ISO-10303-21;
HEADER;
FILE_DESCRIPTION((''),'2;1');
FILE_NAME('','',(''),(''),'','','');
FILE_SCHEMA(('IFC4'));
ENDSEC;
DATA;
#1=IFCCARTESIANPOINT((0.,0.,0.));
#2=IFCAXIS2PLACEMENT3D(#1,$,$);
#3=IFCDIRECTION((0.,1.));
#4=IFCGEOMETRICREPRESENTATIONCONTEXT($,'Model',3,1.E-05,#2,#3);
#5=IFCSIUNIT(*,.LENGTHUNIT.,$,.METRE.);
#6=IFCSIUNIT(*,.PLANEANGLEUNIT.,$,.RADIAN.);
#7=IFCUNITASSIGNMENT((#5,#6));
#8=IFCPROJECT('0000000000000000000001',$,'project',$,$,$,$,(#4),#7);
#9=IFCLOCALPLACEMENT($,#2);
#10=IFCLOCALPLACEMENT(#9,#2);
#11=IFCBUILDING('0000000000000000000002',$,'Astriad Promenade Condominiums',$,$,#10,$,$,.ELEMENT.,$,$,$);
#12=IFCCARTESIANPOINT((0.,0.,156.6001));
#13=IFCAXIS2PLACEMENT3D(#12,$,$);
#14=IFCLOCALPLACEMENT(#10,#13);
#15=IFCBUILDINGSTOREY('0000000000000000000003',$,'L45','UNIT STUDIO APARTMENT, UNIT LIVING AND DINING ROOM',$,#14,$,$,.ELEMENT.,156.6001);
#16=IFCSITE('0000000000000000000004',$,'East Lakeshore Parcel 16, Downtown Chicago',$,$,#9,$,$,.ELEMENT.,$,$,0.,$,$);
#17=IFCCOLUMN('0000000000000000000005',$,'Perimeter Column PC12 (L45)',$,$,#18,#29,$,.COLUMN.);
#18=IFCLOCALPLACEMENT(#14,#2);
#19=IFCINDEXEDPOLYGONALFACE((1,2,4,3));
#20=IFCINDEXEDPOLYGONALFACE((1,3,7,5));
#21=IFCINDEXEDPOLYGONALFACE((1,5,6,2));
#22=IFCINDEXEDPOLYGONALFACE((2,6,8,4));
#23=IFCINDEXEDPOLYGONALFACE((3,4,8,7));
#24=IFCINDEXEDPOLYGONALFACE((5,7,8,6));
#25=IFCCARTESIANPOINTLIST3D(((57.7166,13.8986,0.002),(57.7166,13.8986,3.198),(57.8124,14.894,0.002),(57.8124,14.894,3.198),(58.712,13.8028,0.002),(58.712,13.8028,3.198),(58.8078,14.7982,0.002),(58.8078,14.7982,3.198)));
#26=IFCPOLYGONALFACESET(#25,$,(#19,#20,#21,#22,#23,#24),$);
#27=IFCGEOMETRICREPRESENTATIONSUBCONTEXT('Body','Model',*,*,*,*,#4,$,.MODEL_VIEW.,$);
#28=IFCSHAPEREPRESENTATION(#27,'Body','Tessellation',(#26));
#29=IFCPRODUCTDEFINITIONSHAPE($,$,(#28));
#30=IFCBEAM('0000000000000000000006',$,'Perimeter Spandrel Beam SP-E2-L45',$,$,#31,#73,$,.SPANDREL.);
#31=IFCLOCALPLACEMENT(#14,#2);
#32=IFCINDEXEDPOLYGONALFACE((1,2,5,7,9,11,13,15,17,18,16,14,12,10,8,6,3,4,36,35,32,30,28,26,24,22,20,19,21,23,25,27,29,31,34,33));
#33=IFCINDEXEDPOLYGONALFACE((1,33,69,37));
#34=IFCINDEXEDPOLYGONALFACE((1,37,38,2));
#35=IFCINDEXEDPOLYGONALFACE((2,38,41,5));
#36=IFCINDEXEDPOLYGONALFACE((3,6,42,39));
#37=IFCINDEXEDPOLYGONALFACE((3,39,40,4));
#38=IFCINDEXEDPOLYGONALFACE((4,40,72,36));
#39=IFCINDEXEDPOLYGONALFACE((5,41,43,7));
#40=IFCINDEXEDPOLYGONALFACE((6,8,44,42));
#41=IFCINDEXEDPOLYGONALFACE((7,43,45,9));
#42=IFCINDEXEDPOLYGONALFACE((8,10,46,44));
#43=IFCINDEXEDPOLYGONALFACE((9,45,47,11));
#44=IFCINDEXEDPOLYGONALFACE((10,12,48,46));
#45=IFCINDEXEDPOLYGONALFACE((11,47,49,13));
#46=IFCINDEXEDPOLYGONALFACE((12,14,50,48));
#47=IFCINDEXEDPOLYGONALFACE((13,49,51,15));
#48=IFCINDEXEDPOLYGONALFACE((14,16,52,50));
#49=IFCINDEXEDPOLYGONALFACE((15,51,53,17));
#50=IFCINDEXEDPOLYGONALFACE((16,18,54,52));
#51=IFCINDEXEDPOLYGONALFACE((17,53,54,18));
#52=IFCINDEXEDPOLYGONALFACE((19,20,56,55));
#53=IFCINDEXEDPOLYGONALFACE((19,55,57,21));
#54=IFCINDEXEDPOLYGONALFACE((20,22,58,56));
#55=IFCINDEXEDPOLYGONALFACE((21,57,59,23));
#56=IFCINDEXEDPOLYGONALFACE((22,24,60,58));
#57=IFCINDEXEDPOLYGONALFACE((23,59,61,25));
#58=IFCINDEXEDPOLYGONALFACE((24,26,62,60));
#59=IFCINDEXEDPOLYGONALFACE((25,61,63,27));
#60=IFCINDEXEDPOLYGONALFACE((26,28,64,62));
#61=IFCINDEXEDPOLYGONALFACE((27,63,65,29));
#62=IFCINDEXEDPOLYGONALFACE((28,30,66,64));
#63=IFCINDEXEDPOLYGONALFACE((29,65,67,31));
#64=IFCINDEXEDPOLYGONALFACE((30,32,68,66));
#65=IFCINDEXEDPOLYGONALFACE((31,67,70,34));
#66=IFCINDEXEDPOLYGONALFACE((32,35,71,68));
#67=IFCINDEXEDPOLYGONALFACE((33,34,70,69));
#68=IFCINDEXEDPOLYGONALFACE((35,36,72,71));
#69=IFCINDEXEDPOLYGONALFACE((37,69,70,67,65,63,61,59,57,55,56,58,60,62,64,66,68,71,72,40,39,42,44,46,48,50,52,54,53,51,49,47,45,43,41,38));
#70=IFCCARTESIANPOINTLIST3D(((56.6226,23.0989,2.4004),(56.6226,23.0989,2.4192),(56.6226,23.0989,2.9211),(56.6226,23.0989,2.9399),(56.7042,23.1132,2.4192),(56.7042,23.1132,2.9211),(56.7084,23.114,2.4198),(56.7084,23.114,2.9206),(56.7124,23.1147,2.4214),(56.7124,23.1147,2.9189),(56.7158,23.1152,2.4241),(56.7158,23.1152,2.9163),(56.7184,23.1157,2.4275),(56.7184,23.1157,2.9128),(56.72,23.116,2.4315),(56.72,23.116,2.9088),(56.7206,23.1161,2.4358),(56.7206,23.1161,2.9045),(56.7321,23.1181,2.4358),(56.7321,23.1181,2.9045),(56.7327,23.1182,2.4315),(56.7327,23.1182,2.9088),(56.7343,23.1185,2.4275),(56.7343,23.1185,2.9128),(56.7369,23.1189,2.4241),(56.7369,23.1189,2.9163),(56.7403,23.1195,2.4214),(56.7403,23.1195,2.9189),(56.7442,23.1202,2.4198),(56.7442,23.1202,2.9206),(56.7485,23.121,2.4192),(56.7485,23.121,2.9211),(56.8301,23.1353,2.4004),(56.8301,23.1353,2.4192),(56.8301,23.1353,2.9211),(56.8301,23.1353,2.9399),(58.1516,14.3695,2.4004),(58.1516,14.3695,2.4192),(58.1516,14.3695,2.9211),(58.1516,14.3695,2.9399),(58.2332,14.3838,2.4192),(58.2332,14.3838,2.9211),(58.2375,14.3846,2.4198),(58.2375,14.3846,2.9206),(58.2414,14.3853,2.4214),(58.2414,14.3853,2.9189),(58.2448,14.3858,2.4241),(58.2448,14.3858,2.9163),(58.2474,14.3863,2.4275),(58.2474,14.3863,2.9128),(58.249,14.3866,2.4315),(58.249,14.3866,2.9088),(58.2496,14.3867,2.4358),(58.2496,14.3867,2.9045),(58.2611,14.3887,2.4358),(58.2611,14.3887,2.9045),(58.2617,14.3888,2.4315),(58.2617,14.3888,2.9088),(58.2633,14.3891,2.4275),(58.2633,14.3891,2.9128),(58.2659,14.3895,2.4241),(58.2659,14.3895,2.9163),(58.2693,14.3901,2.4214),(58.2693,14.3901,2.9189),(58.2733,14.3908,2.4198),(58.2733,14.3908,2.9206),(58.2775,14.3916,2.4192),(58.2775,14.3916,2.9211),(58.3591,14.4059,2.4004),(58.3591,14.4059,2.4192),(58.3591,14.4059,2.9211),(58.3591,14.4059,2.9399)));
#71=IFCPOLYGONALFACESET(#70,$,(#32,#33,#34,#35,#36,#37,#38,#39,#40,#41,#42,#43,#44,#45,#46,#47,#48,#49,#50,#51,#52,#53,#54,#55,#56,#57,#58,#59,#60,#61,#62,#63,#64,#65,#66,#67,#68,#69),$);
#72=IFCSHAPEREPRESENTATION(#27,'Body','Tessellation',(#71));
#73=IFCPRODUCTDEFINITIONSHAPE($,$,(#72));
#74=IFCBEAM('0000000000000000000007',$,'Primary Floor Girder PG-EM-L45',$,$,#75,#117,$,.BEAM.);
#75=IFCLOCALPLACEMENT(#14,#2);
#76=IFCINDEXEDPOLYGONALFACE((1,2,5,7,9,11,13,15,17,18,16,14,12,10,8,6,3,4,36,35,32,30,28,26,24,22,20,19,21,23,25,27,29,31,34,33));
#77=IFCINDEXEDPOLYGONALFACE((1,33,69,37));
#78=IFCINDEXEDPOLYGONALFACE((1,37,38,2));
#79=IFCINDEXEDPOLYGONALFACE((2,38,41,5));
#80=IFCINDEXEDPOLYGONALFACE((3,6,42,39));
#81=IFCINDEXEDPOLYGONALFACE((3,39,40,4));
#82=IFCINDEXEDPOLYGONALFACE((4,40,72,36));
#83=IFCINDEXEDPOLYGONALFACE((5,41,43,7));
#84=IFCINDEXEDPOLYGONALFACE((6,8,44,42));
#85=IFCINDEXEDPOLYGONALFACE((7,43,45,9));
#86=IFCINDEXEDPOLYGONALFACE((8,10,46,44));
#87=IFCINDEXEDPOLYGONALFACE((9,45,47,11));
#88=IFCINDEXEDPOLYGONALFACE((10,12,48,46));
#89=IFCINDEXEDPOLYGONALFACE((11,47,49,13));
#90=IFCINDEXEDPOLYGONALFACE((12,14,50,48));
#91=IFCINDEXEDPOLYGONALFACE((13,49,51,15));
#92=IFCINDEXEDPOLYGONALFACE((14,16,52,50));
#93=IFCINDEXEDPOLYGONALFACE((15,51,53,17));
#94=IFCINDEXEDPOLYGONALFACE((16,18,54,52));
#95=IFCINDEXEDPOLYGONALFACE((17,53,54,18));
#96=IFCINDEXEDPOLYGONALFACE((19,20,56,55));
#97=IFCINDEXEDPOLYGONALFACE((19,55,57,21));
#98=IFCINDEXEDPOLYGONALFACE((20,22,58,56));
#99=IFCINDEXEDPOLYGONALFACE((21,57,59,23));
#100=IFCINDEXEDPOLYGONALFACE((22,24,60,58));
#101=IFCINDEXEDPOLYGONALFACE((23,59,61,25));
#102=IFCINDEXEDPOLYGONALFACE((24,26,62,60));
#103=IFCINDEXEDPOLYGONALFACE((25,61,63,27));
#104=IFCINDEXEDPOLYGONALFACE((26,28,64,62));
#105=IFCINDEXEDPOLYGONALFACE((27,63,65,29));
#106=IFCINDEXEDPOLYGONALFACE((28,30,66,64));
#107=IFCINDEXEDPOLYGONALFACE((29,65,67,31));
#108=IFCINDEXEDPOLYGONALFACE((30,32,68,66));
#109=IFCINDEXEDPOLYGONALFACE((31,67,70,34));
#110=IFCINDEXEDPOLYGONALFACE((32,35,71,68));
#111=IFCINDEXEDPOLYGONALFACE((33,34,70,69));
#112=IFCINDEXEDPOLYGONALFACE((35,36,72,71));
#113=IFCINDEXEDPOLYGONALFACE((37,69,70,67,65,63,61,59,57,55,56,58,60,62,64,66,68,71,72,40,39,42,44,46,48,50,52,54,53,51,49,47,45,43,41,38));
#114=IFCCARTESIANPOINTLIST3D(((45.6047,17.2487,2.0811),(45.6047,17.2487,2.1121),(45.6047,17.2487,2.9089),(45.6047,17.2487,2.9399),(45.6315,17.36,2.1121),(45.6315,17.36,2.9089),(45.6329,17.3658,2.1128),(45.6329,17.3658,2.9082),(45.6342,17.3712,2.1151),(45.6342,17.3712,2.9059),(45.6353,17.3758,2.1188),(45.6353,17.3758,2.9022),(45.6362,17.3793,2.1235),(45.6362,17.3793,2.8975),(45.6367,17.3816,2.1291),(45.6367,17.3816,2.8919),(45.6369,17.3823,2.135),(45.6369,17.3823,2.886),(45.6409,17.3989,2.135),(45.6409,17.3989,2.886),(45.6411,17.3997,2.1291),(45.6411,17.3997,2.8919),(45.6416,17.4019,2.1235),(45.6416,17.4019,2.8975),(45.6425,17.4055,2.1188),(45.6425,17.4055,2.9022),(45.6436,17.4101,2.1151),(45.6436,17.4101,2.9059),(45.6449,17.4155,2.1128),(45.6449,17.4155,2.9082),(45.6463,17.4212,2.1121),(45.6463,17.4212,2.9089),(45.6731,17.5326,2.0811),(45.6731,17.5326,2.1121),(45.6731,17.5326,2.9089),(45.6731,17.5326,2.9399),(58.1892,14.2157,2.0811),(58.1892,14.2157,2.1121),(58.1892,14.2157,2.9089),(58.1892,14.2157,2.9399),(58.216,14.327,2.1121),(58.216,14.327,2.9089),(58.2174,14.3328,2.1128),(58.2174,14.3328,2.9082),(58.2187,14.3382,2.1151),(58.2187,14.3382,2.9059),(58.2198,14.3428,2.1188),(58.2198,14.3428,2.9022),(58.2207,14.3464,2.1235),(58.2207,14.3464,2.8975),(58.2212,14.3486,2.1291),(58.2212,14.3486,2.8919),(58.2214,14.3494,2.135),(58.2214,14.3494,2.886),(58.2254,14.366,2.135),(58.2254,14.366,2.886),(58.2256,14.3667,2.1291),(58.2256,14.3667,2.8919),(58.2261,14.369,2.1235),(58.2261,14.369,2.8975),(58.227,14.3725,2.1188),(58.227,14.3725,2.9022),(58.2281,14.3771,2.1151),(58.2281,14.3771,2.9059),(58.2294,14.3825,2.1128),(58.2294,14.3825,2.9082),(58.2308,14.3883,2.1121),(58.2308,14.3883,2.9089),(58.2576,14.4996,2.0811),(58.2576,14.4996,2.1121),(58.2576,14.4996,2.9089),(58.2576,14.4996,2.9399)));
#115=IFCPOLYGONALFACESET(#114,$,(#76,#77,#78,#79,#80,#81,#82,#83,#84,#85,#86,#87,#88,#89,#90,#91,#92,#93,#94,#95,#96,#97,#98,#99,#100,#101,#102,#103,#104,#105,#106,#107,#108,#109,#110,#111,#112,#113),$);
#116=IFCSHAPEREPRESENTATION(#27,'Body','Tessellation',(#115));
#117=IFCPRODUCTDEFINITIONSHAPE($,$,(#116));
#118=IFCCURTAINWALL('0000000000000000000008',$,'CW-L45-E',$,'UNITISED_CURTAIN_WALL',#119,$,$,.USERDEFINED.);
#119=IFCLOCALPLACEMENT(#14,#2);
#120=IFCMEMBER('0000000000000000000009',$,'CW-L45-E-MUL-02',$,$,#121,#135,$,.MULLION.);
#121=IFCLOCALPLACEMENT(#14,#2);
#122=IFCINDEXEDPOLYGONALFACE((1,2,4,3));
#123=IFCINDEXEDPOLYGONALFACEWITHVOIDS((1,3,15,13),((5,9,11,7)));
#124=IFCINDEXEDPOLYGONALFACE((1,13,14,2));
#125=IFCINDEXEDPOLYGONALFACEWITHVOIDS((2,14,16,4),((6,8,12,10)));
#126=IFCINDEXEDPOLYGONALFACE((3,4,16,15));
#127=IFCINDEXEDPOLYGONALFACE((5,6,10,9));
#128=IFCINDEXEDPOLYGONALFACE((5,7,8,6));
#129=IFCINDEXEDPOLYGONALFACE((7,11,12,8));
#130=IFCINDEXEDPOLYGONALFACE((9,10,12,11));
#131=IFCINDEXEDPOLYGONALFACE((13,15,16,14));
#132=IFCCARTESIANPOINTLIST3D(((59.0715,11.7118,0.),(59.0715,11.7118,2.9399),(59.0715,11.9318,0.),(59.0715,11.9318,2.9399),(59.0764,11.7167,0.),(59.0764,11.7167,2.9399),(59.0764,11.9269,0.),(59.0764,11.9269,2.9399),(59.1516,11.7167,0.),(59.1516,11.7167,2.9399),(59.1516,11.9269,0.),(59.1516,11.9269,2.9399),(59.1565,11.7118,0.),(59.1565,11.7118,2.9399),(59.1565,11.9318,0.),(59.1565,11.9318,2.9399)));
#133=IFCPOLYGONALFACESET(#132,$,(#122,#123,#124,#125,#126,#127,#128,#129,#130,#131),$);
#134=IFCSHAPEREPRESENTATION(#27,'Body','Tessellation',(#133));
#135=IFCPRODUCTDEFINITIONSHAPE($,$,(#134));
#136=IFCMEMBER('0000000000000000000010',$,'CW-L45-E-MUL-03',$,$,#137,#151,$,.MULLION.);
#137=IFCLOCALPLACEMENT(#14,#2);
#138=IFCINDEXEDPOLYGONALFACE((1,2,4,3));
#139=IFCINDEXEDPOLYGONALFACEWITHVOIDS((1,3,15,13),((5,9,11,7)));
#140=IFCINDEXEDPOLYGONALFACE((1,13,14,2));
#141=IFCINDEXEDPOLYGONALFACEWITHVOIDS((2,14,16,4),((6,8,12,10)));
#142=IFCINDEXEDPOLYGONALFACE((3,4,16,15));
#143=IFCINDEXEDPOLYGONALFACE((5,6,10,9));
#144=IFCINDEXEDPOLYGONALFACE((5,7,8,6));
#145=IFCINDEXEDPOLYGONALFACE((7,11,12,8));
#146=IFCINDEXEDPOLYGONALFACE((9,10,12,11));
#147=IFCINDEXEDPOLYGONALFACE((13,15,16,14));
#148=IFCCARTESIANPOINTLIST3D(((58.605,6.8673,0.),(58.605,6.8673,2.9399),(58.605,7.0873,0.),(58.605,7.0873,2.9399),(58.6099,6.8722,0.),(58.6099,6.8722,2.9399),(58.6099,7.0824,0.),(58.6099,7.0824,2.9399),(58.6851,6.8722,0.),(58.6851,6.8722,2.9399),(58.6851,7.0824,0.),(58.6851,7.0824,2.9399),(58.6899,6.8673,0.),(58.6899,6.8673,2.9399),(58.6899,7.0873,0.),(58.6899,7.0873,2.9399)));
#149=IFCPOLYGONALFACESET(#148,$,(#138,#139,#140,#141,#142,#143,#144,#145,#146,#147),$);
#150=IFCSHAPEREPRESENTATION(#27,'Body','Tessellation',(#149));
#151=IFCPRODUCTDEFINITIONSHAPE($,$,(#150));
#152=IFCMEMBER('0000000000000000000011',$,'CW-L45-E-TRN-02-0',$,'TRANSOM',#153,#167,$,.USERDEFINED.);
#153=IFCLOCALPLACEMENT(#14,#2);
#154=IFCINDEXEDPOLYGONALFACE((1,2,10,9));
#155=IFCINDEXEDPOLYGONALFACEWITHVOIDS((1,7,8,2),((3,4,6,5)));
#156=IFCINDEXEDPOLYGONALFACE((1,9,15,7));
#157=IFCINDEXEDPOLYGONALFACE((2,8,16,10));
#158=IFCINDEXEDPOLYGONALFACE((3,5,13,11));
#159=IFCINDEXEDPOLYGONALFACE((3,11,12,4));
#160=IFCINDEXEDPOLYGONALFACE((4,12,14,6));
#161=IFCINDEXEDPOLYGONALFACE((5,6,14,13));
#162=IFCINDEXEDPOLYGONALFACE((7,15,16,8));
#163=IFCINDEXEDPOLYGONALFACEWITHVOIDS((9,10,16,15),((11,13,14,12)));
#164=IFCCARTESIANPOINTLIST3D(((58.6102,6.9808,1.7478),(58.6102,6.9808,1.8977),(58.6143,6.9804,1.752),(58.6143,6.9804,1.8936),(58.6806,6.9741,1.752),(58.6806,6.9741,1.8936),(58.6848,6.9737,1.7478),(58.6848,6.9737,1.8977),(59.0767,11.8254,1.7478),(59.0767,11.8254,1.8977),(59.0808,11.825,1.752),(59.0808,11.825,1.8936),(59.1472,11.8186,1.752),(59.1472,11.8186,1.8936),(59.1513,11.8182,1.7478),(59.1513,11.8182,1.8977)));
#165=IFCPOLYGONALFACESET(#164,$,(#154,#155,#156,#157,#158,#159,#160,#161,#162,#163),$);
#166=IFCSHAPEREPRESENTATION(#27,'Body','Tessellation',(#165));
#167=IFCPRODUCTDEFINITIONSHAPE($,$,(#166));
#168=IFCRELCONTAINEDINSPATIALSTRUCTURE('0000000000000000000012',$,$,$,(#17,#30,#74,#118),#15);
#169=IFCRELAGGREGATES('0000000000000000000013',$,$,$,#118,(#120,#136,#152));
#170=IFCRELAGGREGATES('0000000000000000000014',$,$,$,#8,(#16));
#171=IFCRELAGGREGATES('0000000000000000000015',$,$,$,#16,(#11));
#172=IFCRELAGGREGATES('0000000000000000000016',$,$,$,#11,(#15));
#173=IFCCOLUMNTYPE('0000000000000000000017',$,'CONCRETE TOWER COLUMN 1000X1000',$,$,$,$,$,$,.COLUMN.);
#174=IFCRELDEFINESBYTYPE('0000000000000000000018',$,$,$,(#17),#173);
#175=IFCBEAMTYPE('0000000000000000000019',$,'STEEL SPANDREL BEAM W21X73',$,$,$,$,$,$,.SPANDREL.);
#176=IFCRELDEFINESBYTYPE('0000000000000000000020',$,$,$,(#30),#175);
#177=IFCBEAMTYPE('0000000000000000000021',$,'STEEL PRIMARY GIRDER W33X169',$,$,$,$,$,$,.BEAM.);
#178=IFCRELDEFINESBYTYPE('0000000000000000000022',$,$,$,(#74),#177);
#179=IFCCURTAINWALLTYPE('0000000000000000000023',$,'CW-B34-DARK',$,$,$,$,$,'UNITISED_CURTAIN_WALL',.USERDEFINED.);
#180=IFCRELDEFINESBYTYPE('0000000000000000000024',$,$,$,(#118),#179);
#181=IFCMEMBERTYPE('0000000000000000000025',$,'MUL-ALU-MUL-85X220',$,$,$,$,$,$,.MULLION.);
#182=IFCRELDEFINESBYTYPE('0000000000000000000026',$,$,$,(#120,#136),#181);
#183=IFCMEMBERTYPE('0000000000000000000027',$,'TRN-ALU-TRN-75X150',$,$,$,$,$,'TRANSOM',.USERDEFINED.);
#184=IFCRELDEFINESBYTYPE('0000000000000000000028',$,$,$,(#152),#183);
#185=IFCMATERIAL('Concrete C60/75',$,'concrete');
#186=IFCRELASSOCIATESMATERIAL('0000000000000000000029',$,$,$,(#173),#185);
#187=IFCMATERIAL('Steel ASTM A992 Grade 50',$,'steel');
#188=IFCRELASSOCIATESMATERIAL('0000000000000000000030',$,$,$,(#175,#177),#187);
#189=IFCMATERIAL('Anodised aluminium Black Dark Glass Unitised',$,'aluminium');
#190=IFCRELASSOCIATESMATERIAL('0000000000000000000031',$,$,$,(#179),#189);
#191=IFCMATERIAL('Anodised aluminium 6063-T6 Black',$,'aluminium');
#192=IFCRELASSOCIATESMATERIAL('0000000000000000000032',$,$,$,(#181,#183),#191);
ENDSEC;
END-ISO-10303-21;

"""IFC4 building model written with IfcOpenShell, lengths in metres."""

from ifc_helpers import new_model, si_unit, direction, frame, origin, origin_2d, place, context, subcontext, project, spatial, rectangle, hollow_rectangle, i_section, extrude, source, transform, mapped, material, material_profile, profile_set, type_object, type_shapes, element, aggregate, save


model = new_model("IFC4")

# Units and contexts
model_context = context("Model", 3, precision=1e-05, world=origin(), true_north=direction((0.0, 1.0)))
body_context = subcontext(model_context, "Body", "Model", "MODEL_VIEW")
ifc_project = project(units=[si_unit("LENGTHUNIT", "METRE"), si_unit("PLANEANGLEUNIT", "RADIAN")], contexts=[model_context])

# Site, building, storey
site_placement = place(None, origin())
site = spatial("IfcSite", under=ifc_project, at=site_placement, Name="East Lakeshore Parcel 16, Downtown Chicago", CompositionType="ELEMENT", RefElevation=0.0)
building_placement = place(site_placement, origin())
building = spatial("IfcBuilding", under=site, at=building_placement, Name="Astriad Promenade Condominiums", CompositionType="ELEMENT")
storey_placement = place(building_placement, frame((0.0, 0.0, 156.6001)))
storey = spatial("IfcBuildingStorey", under=building, at=storey_placement, Name="L45", Description="UNIT STUDIO APARTMENT, UNIT LIVING AND DINING ROOM", CompositionType="ELEMENT", Elevation=156.6001)

# Column
ifc_material_1 = material(Name="Concrete C60/75", Category="concrete")
ifc_material_profile_1 = material_profile(ifc_material_1, rectangle(XDim=1.0, YDim=1.0, at=origin_2d()), Name="RC-COL-1000X1000")
ifc_profile_set_1 = profile_set([ifc_material_profile_1], Name="Concrete C60/75")
column_type = type_object("IfcColumnType", Name="CONCRETE TOWER COLUMN 1000X1000", PredefinedType="COLUMN", material=ifc_profile_set_1)
shared_shape_1 = source(origin(), body_context, "Body", "SweptSolid", [
    extrude(rectangle(XDim=1.0, YDim=1.0, at=origin_2d()), origin(), (0.0, 0.0, 1.0), 3.196),
])
type_shapes(column_type, [shared_shape_1])
column_placement = place(storey_placement, frame((58.2622, 14.3484, 0.002), z_axis=(0.0, 0.0, 1.0), x_axis=(0.995396, -0.095846, 0.0)))
element("IfcColumn", 1, at=column_placement, inside=storey, type_object=column_type, Name="Perimeter Column PC12 (L45)", PredefinedType="COLUMN", context=body_context, shape_type="MappedRepresentation", body=[
    mapped(shared_shape_1, transform((0.0, 0.0, 0.0), scale=1.0)),
])

# Beams
ifc_material_2 = material(Name="Steel ASTM A992 Grade 50", Category="steel")
ifc_material_profile_2 = material_profile(ifc_material_2, i_section(OverallWidth=0.2107, OverallDepth=0.5396, WebThickness=0.0117, FlangeThickness=0.0188, FilletRadius=0.0166, at=origin_2d()), Name="W21X73")
ifc_profile_set_2 = profile_set([ifc_material_profile_2], Name="Steel ASTM A992 Grade 50")
beam_type_1 = type_object("IfcBeamType", Name="STEEL SPANDREL BEAM W21X73", PredefinedType="SPANDREL", material=ifc_profile_set_2)
shared_shape_2 = source(origin(), body_context, "Body", "SweptSolid", [
    extrude(i_section(OverallWidth=0.2107, OverallDepth=0.5396, WebThickness=0.0117, FlangeThickness=0.0188, FilletRadius=0.0166, at=origin_2d()), origin(), (0.0, 0.0, 1.0), 8.8623),
])
type_shapes(beam_type_1, [shared_shape_2])
beam_1_placement = place(storey_placement, frame((58.2554, 14.3877, 2.6702), z_axis=(-0.172533, 0.985004, 0.0), x_axis=(-0.985004, -0.172533, 0.0)))
element("IfcBeam", 2, at=beam_1_placement, inside=storey, type_object=beam_type_1, Name="Perimeter Spandrel Beam SP-E2-L45", PredefinedType="SPANDREL", context=body_context, shape_type="MappedRepresentation", body=[
    mapped(shared_shape_2, transform((0.0, 0.0, 0.0), scale=1.0)),
])
ifc_material_profile_3 = material_profile(ifc_material_2, i_section(OverallWidth=0.292, OverallDepth=0.8589, WebThickness=0.0171, FlangeThickness=0.031, FilletRadius=0.0229, at=origin_2d()), Name="W33X169")
ifc_profile_set_3 = profile_set([ifc_material_profile_3], Name="Steel ASTM A992 Grade 50")
beam_type_2 = type_object("IfcBeamType", Name="STEEL PRIMARY GIRDER W33X169", PredefinedType="BEAM", material=ifc_profile_set_3)
shared_shape_3 = source(origin(), body_context, "Body", "SweptSolid", [
    extrude(i_section(OverallWidth=0.292, OverallDepth=0.8589, WebThickness=0.0171, FlangeThickness=0.031, FilletRadius=0.0229, at=origin_2d()), origin(), (0.0, 0.0, 1.0), 12.9448),
])
type_shapes(beam_type_2, [shared_shape_3])
beam_2_placement = place(storey_placement, frame((58.2234, 14.3577, 2.5105), z_axis=(-0.972164, 0.234299, 0.0), x_axis=(-0.234299, -0.972164, 0.0)))
element("IfcBeam", 3, at=beam_2_placement, inside=storey, type_object=beam_type_2, Name="Primary Floor Girder PG-EM-L45", PredefinedType="BEAM", context=body_context, shape_type="MappedRepresentation", body=[
    mapped(shared_shape_3, transform((0.0, 0.0, 0.0), scale=1.0)),
])

# Curtain wall, members
ifc_material_3 = material(Name="Anodised aluminium Black Dark Glass Unitised", Category="aluminium")
curtain_wall_type = type_object("IfcCurtainWallType", Name="CW-B34-DARK", ElementType="UNITISED_CURTAIN_WALL", PredefinedType="USERDEFINED", material=ifc_material_3)
curtain_wall_placement = place(storey_placement, origin())
curtain_wall = element("IfcCurtainWall", 4, at=curtain_wall_placement, inside=storey, type_object=curtain_wall_type, Name="CW-L45-E", ObjectType="UNITISED_CURTAIN_WALL", PredefinedType="USERDEFINED")
ifc_material_4 = material(Name="Anodised aluminium 6063-T6 Black", Category="aluminium")
ifc_material_profile_4 = material_profile(ifc_material_4, hollow_rectangle(XDim=0.085, YDim=0.22, WallThickness=0.0049, at=origin_2d()), Name="ALU-MUL-85X220")
ifc_profile_set_4 = profile_set([ifc_material_profile_4], Name="Anodised aluminium 6063-T6 Black")
member_type_1 = type_object("IfcMemberType", Name="MUL-ALU-MUL-85X220", PredefinedType="MULLION", material=ifc_profile_set_4)
shared_shape_4 = source(origin(), body_context, "Body", "SweptSolid", [
    extrude(hollow_rectangle(XDim=0.085, YDim=0.22, WallThickness=0.0049, at=origin_2d()), origin(), (0.0, 0.0, 1.0), 2.9399),
])
type_shapes(member_type_1, [shared_shape_4])
member_1_placement = place(storey_placement, frame((59.114, 11.8218, 0.0), z_axis=(0.0, 0.0, 1.0), x_axis=(1.0, 0.0, 0.0)))
member_1 = element("IfcMember", 5, at=member_1_placement, type_object=member_type_1, Name="CW-L45-E-MUL-02", PredefinedType="MULLION", context=body_context, shape_type="MappedRepresentation", body=[
    mapped(shared_shape_4, transform((0.0, 0.0, 0.0), scale=1.0)),
])
member_2_placement = place(storey_placement, frame((58.6475, 6.9773, 0.0), z_axis=(0.0, 0.0, 1.0), x_axis=(1.0, 0.0, 0.0)))
member_2 = element("IfcMember", 6, at=member_2_placement, type_object=member_type_1, Name="CW-L45-E-MUL-03", PredefinedType="MULLION", context=body_context, shape_type="MappedRepresentation", body=[
    mapped(shared_shape_4, transform((0.0, 0.0, 0.0), scale=1.0)),
])
ifc_material_profile_5 = material_profile(ifc_material_4, hollow_rectangle(XDim=0.075, YDim=0.1499, WallThickness=0.0042, at=origin_2d()), Name="ALU-TRN-75X150")
ifc_profile_set_5 = profile_set([ifc_material_profile_5], Name="Anodised aluminium 6063-T6 Black")
member_type_2 = type_object("IfcMemberType", Name="TRN-ALU-TRN-75X150", ElementType="TRANSOM", PredefinedType="USERDEFINED", material=ifc_profile_set_5)
shared_shape_5 = source(origin(), body_context, "Body", "SweptSolid", [
    extrude(hollow_rectangle(XDim=0.075, YDim=0.1499, WallThickness=0.0042, at=origin_2d()), origin(), (0.0, 0.0, 1.0), 4.8669),
])
type_shapes(member_type_2, [shared_shape_5])
member_3_placement = place(storey_placement, frame((59.114, 11.8218, 1.8228), z_axis=(-0.095862, -0.995395, 0.0), x_axis=(0.995395, -0.095862, 0.0)))
member_3 = element("IfcMember", 7, at=member_3_placement, type_object=member_type_2, Name="CW-L45-E-TRN-02-0", ObjectType="TRANSOM", PredefinedType="USERDEFINED", context=body_context, shape_type="MappedRepresentation", body=[
    mapped(shared_shape_5, transform((0.0, 0.0, 0.0), scale=1.0)),
])
aggregate(curtain_wall, [member_1, member_2, member_3])

save(model, "model.ifc")
